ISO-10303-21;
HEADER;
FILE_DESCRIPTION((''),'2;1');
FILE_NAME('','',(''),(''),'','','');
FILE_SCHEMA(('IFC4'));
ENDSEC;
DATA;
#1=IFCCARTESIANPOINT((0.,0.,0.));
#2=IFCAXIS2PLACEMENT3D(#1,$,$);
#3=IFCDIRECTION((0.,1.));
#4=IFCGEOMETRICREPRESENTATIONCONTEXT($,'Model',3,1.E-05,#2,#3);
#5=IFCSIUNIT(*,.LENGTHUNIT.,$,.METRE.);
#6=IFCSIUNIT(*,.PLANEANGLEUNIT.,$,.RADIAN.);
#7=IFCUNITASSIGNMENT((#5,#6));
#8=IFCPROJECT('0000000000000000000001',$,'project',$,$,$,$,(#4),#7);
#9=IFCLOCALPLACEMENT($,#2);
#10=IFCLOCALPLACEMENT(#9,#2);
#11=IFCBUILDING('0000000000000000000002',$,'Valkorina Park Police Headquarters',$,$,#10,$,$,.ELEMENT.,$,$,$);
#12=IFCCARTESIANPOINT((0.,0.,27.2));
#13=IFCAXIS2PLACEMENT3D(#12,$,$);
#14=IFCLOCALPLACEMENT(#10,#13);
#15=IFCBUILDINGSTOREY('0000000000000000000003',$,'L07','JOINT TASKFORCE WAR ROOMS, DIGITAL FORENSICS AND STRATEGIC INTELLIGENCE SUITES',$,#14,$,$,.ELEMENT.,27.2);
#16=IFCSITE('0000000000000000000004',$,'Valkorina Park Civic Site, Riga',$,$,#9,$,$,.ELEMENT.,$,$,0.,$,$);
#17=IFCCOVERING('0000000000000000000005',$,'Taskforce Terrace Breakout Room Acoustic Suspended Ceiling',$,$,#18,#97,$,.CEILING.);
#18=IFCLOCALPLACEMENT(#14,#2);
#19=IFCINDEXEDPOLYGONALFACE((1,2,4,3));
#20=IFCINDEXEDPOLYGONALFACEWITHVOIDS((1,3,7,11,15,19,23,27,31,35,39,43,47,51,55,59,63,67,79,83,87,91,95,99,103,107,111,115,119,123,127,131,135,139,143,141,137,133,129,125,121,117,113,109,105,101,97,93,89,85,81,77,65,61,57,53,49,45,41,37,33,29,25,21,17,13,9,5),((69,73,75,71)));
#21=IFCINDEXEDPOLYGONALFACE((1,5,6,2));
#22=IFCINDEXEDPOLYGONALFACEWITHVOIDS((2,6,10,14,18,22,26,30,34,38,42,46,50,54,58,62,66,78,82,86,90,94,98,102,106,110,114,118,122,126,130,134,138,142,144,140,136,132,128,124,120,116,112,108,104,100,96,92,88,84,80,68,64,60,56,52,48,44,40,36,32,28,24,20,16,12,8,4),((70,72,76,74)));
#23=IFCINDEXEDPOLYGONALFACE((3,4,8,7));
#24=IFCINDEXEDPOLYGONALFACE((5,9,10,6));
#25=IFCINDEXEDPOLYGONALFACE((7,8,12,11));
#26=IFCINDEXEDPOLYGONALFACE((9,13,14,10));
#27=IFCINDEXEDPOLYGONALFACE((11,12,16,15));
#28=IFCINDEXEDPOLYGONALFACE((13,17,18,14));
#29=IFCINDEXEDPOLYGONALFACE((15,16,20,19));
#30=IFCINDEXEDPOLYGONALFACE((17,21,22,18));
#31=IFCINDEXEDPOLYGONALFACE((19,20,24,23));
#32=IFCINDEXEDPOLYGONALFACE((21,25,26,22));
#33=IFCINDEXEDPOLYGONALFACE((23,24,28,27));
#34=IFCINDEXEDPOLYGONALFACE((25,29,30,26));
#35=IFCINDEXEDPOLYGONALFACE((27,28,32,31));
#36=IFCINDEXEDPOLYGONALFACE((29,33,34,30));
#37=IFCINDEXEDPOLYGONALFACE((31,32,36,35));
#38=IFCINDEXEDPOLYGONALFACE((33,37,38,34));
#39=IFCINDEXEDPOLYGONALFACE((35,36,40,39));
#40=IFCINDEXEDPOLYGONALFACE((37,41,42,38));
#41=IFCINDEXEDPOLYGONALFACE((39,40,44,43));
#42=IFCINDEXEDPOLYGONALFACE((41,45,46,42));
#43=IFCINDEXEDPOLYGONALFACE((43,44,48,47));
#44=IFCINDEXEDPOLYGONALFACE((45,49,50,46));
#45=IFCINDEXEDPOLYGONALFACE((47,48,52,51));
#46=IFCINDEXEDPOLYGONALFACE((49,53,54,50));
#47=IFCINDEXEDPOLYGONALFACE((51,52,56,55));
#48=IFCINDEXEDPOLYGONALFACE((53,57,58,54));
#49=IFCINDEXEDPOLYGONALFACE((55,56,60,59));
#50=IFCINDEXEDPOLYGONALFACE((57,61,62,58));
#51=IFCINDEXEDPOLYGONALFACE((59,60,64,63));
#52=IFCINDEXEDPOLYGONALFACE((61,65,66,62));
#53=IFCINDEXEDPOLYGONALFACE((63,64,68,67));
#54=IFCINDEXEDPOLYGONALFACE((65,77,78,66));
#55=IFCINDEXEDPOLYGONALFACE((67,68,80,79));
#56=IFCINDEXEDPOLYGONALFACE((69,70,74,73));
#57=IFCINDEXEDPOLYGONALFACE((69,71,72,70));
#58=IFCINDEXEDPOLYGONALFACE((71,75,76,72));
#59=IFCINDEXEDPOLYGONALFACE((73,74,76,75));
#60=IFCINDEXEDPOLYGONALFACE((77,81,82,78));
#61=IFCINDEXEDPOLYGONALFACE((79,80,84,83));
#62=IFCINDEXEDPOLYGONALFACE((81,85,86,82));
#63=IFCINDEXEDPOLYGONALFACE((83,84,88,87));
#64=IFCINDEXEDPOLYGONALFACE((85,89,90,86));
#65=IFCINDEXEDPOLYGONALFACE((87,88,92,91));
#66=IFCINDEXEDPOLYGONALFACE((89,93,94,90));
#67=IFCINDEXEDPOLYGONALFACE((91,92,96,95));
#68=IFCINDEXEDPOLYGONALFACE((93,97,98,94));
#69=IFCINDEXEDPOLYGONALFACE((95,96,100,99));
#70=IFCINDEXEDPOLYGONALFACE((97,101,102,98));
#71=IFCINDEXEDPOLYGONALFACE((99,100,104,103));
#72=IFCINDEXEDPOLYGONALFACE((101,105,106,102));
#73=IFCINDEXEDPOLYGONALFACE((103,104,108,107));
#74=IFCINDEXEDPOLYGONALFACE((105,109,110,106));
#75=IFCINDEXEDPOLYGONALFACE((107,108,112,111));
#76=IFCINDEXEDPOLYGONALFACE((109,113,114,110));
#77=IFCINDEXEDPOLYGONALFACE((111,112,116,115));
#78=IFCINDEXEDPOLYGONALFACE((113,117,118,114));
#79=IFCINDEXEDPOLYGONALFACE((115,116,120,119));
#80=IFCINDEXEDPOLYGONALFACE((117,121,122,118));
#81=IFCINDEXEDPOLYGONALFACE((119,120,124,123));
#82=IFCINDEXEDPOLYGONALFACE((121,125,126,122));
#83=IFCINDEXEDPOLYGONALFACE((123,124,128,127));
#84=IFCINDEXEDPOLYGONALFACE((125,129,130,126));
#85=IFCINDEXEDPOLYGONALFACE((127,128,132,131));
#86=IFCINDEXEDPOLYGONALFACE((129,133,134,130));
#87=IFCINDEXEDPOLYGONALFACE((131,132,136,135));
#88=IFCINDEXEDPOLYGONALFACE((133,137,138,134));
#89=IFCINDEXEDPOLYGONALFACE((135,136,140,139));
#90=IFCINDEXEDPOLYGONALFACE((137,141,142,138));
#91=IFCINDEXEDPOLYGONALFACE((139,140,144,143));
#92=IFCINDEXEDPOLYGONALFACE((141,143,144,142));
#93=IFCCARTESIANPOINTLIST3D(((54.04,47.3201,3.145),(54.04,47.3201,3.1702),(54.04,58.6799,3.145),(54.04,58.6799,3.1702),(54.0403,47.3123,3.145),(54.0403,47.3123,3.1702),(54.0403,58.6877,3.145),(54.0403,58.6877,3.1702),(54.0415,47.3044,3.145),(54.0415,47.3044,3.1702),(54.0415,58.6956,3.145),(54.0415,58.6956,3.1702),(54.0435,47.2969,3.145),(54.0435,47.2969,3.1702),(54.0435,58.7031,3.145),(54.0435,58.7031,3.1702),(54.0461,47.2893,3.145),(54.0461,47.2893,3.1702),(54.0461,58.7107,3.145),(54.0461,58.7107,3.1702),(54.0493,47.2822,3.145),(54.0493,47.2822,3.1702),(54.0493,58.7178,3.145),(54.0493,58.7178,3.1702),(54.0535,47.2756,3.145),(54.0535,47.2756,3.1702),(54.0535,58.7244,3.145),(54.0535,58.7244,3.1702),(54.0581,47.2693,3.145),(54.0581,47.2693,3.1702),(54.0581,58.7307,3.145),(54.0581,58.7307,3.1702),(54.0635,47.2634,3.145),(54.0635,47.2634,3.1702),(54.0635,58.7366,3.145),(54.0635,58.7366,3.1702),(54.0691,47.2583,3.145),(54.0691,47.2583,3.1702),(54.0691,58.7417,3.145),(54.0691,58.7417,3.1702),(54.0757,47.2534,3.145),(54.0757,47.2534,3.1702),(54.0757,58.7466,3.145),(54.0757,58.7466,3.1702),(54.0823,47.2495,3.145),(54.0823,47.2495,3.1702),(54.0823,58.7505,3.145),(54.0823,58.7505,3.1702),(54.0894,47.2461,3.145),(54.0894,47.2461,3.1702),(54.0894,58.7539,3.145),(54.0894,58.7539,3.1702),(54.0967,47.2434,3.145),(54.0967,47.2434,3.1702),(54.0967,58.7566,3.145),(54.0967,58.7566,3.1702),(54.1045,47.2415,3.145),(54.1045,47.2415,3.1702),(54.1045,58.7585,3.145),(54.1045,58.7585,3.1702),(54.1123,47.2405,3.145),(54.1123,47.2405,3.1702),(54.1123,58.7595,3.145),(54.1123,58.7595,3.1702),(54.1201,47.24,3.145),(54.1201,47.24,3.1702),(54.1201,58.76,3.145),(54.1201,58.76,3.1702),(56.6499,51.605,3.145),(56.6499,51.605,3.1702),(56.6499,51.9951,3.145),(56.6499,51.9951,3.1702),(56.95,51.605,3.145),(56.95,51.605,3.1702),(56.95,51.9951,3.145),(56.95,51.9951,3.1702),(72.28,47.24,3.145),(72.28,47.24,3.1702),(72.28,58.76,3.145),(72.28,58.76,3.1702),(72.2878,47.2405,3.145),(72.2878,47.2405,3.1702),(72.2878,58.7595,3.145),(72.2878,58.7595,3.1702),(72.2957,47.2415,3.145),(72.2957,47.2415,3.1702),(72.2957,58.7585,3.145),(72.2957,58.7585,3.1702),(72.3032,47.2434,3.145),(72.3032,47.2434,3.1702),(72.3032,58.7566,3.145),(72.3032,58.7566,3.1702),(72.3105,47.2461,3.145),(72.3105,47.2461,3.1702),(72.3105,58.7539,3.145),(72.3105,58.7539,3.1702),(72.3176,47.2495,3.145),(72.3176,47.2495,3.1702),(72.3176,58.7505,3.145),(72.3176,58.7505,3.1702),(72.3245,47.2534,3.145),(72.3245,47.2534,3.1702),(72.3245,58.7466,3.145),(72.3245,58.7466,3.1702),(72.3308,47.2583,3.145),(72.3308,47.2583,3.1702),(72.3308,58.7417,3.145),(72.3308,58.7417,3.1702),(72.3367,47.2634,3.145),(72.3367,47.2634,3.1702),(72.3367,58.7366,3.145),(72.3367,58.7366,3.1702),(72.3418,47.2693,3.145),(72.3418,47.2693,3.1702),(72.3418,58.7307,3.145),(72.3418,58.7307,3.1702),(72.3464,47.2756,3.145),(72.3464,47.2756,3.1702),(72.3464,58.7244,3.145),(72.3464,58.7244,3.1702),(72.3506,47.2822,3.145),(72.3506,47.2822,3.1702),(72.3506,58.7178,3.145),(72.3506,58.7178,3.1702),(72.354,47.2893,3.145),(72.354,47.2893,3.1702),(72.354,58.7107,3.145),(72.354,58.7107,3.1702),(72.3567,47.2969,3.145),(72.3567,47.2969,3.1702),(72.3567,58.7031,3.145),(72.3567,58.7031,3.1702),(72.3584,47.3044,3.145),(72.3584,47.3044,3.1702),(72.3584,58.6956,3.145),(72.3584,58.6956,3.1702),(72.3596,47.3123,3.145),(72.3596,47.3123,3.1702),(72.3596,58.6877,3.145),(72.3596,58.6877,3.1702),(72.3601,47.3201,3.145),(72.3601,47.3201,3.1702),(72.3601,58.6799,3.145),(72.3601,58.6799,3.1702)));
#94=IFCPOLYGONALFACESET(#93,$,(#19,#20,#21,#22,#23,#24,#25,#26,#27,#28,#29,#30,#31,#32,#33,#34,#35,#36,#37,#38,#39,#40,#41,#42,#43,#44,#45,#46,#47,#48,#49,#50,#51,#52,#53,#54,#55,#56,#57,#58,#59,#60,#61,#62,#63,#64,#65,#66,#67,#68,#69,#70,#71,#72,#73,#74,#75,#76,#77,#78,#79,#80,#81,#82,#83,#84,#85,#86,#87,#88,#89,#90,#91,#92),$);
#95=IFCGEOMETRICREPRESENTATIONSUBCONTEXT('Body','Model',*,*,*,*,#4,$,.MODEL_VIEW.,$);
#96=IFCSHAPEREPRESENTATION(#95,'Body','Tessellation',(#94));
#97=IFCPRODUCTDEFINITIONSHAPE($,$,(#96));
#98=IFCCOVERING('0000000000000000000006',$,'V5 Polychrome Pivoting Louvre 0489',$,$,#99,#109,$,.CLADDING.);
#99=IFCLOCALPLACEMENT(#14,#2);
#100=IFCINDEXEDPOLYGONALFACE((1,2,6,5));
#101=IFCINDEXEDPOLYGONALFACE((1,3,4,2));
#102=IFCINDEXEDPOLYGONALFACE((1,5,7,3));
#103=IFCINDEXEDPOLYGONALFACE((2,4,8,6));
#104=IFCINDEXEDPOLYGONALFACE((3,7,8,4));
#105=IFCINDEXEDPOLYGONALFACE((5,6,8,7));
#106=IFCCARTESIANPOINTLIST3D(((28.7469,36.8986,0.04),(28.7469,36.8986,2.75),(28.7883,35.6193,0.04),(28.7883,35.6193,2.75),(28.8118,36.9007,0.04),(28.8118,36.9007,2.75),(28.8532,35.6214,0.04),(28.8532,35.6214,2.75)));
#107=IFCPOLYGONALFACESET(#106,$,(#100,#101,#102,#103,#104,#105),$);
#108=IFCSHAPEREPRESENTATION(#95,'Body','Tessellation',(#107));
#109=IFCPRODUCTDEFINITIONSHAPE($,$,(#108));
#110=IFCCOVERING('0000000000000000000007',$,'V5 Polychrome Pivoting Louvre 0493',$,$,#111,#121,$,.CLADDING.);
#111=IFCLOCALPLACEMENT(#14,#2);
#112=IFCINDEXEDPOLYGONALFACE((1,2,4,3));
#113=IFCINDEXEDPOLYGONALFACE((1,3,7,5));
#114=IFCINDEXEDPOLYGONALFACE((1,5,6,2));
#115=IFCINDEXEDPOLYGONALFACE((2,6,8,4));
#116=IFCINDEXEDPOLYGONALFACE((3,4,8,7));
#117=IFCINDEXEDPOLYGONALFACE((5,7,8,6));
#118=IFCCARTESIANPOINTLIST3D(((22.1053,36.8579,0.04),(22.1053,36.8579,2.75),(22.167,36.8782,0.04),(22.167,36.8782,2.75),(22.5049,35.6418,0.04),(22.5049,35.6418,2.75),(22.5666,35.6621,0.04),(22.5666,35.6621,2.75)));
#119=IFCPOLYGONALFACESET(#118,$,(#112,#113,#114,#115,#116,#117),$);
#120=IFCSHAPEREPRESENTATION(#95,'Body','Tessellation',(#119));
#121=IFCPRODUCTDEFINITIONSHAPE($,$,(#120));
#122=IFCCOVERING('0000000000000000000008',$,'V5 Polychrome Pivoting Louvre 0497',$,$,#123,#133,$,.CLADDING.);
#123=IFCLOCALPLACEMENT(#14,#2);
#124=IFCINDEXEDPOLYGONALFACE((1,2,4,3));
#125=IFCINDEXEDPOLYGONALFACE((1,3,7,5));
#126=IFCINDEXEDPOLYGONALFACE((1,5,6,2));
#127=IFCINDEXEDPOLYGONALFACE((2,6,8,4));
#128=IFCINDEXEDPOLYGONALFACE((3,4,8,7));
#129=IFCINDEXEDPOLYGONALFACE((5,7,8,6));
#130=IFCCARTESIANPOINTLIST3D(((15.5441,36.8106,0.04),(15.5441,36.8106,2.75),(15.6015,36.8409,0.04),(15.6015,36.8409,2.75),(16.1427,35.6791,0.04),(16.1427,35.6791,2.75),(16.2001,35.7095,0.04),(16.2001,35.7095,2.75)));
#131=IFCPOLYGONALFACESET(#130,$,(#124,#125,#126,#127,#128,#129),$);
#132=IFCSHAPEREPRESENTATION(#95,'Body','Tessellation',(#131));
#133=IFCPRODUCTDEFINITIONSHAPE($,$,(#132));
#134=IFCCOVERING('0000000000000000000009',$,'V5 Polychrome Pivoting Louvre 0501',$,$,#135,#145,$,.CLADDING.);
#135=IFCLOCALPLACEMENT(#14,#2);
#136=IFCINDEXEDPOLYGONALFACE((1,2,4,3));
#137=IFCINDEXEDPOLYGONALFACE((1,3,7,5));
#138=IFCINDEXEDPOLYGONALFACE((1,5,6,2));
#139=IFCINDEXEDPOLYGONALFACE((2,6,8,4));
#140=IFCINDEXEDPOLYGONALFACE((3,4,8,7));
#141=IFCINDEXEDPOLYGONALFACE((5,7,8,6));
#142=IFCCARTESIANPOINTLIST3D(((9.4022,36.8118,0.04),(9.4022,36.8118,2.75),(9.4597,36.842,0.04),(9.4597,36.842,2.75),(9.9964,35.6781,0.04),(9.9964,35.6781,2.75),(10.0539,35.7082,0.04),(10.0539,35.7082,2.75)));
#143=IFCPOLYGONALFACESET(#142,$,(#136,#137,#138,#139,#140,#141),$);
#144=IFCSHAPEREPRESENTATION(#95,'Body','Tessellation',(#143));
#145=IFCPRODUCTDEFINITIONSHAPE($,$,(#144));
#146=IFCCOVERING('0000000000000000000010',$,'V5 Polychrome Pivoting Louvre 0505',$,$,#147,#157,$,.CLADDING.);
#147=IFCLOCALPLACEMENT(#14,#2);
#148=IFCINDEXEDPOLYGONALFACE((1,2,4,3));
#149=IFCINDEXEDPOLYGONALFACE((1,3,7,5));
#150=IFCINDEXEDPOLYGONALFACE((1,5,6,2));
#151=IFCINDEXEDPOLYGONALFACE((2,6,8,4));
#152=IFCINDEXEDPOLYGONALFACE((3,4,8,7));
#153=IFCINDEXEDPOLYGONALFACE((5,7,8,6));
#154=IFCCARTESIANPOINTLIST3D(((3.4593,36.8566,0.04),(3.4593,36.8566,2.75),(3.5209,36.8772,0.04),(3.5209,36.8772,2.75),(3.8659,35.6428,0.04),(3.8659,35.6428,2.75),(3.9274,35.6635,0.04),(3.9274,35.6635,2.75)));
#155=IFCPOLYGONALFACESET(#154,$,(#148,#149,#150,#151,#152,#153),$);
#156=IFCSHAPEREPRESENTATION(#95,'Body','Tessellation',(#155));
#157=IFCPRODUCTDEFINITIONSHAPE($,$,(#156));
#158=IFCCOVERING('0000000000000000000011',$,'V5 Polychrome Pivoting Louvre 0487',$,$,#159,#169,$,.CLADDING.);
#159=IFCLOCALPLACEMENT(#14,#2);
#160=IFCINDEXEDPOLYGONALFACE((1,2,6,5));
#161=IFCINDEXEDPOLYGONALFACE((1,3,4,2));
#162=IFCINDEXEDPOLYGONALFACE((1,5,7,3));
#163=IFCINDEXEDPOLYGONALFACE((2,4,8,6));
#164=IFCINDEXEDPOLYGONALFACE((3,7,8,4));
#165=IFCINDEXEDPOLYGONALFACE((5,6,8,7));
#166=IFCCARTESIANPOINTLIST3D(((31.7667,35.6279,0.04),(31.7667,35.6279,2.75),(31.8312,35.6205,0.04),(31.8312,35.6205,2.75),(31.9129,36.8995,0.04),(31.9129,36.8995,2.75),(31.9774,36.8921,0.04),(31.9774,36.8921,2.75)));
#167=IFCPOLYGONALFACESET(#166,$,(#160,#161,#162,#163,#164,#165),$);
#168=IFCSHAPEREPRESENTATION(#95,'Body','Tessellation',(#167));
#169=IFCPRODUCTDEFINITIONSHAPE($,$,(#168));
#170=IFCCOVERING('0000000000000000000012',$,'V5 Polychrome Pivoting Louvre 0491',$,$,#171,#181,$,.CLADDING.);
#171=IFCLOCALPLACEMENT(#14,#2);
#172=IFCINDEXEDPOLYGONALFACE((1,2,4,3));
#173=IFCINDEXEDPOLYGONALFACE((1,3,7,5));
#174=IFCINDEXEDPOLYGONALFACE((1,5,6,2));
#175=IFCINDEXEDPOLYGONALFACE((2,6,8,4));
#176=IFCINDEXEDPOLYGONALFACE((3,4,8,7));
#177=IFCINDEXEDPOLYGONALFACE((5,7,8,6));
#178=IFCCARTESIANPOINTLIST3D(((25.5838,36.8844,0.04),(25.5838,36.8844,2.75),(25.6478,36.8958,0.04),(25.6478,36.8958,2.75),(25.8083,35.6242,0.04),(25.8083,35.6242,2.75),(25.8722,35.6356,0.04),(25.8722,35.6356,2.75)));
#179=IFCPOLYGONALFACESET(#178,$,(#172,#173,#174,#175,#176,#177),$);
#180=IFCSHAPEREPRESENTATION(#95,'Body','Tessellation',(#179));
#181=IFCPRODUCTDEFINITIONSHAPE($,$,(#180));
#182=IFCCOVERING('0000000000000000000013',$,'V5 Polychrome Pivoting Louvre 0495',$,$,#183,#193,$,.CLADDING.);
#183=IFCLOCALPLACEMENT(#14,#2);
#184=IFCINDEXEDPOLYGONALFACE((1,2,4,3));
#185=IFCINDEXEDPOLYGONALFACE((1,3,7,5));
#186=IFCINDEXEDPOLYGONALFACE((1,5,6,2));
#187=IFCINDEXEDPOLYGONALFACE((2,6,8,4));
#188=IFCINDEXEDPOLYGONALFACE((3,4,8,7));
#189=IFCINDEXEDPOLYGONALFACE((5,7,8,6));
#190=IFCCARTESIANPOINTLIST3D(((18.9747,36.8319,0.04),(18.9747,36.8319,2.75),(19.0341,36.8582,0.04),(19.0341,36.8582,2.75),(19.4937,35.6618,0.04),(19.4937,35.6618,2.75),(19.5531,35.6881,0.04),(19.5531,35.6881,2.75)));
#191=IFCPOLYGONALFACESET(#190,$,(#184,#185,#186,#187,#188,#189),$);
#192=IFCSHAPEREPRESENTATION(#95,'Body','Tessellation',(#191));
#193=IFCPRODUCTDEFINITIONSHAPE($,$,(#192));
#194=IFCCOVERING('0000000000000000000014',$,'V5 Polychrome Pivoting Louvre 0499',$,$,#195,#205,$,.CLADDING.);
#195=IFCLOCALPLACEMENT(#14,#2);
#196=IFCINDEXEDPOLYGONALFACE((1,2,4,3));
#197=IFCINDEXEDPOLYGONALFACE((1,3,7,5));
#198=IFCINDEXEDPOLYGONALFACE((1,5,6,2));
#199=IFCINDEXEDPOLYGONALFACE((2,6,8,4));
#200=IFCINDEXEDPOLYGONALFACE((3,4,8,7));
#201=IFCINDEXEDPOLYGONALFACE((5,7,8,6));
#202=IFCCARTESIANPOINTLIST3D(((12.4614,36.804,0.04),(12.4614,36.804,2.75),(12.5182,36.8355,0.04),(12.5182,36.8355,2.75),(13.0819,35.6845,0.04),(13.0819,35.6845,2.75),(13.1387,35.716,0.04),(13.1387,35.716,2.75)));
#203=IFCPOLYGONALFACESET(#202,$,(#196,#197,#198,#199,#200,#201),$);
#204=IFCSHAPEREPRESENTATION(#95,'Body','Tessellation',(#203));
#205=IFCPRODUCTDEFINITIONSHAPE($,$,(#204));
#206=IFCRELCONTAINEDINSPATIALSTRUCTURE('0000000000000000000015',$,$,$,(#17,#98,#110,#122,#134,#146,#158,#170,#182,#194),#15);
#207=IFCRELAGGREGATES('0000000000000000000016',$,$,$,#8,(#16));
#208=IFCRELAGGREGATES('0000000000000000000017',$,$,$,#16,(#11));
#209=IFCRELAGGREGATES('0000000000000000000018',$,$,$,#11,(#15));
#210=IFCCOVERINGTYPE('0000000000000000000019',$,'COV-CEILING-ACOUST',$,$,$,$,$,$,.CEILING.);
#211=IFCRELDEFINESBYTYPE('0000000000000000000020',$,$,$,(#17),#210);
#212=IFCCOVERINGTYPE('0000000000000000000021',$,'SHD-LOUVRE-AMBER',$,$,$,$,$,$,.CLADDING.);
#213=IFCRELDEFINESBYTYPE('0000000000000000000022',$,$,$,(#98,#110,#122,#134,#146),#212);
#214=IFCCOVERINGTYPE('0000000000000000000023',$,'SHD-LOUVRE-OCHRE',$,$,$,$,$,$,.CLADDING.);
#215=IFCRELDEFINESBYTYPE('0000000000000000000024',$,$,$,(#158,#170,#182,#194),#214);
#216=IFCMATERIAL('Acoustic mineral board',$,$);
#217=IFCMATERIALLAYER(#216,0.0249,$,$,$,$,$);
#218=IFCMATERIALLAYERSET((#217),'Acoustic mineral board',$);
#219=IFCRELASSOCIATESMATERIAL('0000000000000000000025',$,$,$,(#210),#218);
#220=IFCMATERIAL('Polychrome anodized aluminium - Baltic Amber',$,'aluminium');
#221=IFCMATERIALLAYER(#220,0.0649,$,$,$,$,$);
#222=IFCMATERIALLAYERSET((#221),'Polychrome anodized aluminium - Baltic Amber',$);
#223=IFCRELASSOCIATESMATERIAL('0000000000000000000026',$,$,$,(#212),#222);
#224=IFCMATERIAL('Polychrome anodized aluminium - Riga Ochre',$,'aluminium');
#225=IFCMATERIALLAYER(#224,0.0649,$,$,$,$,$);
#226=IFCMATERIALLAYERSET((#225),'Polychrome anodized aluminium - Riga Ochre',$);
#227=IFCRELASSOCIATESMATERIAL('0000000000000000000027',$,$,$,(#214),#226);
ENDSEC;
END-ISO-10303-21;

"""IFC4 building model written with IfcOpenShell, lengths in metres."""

from ifc_helpers import new_model, si_unit, direction, frame, origin, origin_2d, place, context, subcontext, project, spatial, polyline, rectangle, outline, extrude, material, layer, layer_set, type_object, element, save


model = new_model("IFC4")

# Units and contexts
model_context = context("Model", 3, precision=1e-05, world=origin(), true_north=direction((0.0, 1.0)))
body_context = subcontext(model_context, "Body", "Model", "MODEL_VIEW")
ifc_project = project(units=[si_unit("LENGTHUNIT", "METRE"), si_unit("PLANEANGLEUNIT", "RADIAN")], contexts=[model_context])

# Site, building, storey
site_placement = place(None, origin())
site = spatial("IfcSite", under=ifc_project, at=site_placement, Name="Valkorina Park Civic Site, Riga", CompositionType="ELEMENT", RefElevation=0.0)
building_placement = place(site_placement, origin())
building = spatial("IfcBuilding", under=site, at=building_placement, Name="Valkorina Park Police Headquarters", CompositionType="ELEMENT")
storey_placement = place(building_placement, frame((0.0, 0.0, 27.2)))
storey = spatial("IfcBuildingStorey", under=building, at=storey_placement, Name="L07", Description="JOINT TASKFORCE WAR ROOMS, DIGITAL FORENSICS AND STRATEGIC INTELLIGENCE SUITES", CompositionType="ELEMENT", Elevation=27.2)

# Coverings
ifc_material_1 = material(Name="Acoustic mineral board")
ifc_layer_1 = layer(ifc_material_1, 0.0249)
ifc_layer_set_1 = layer_set([ifc_layer_1], Name="Acoustic mineral board")
covering_type_1 = type_object("IfcCoveringType", Name="COV-CEILING-ACOUST", PredefinedType="CEILING", material=ifc_layer_set_1)
covering_1_placement = place(storey_placement, frame((0.0, 0.0, 3.145)))
element("IfcCovering", 1, at=covering_1_placement, inside=storey, type_object=covering_type_1, Name="Taskforce Terrace Breakout Room Acoustic Suspended Ceiling", PredefinedType="CEILING", context=body_context, shape_type="SweptSolid", body=[
    extrude(outline(polyline([(72.2957, 58.7585), (72.2878, 58.7595), (72.28, 58.76), (54.1201, 58.76), (54.1123, 58.7595), (54.1045, 58.7585), (54.0967, 58.7566), (54.0894, 58.7539), (54.0823, 58.7505), (54.0757, 58.7466), (54.0691, 58.7417), (54.0635, 58.7366), (54.0581, 58.7307), (54.0535, 58.7244), (54.0493, 58.7178), (54.0461, 58.7107), (54.0435, 58.7031), (54.0415, 58.6956), (54.0403, 58.6877), (54.04, 58.6799), (54.04, 47.3201), (54.0403, 47.3123), (54.0415, 47.3044), (54.0435, 47.2969), (54.0461, 47.2893), (54.0493, 47.2822), (54.0535, 47.2756), (54.0581, 47.2693), (54.0635, 47.2634), (54.0691, 47.2583), (54.0757, 47.2534), (54.0823, 47.2495), (54.0894, 47.2461), (54.0967, 47.2434), (54.1045, 47.2415), (54.1123, 47.2405), (54.1201, 47.24), (72.28, 47.24), (72.2878, 47.2405), (72.2957, 47.2415), (72.3032, 47.2434), (72.3105, 47.2461), (72.3176, 47.2495), (72.3245, 47.2534), (72.3308, 47.2583), (72.3367, 47.2634), (72.3418, 47.2693), (72.3464, 47.2756), (72.3506, 47.2822), (72.354, 47.2893), (72.3567, 47.2969), (72.3584, 47.3044), (72.3596, 47.3123), (72.3601, 47.3201), (72.3601, 58.6799), (72.3596, 58.6877), (72.3584, 58.6956), (72.3567, 58.7031), (72.354, 58.7107), (72.3506, 58.7178), (72.3464, 58.7244), (72.3418, 58.7307), (72.3367, 58.7366), (72.3308, 58.7417), (72.3245, 58.7466), (72.3176, 58.7505), (72.3105, 58.7539), (72.3032, 58.7566), (72.2957, 58.7585)]), holes=[polyline([(56.6499, 51.605), (56.6499, 51.9951), (56.95, 51.9951), (56.95, 51.605), (56.6499, 51.605)])]), origin(), (0.0, 0.0, 1.0), 0.0251),
])
ifc_material_2 = material(Name="Polychrome anodized aluminium - Baltic Amber", Category="aluminium")
ifc_layer_2 = layer(ifc_material_2, 0.0649)
ifc_layer_set_2 = layer_set([ifc_layer_2], Name="Polychrome anodized aluminium - Baltic Amber")
covering_type_2 = type_object("IfcCoveringType", Name="SHD-LOUVRE-AMBER", PredefinedType="CLADDING", material=ifc_layer_set_2)
for number, where, z_axis, x_axis, name in (
    (2, (28.8, 36.26, 0.04), (0.0, 0.0, 1.0), (0.032283, -0.999479, 0.0), "V5 Polychrome Pivoting Louvre 0489"),
    (3, (22.3359, 36.26, 0.04), (0.0, 0.0, 1.0), (0.312169, -0.950027, 0.0), "V5 Polychrome Pivoting Louvre 0493"),
    (4, (15.8721, 36.26, 0.04), (0.0, 0.0, 1.0), (0.467621, -0.883929, 0.0), "V5 Polychrome Pivoting Louvre 0497"),
    (5, (9.728, 36.26, 0.04), (0.0, 0.0, 1.0), (0.464224, -0.885718, 0.0), "V5 Polychrome Pivoting Louvre 0501"),
    (6, (3.6934, 36.26, 0.04), (0.0, 0.0, 1.0), (0.317636, -0.948213, 0.0), "V5 Polychrome Pivoting Louvre 0505"),
):
    element("IfcCovering", number, at=place(storey_placement, frame(where, z_axis=z_axis, x_axis=x_axis)), inside=storey, type_object=covering_type_2, Name=name, PredefinedType="CLADDING", context=body_context, shape_type="SweptSolid", body=[
        extrude(rectangle(XDim=1.28, YDim=0.0649, at=origin_2d()), origin(), (0.0, 0.0, 1.0), 2.71),
    ])
ifc_material_3 = material(Name="Polychrome anodized aluminium - Riga Ochre", Category="aluminium")
ifc_layer_3 = layer(ifc_material_3, 0.0649)
ifc_layer_set_3 = layer_set([ifc_layer_3], Name="Polychrome anodized aluminium - Riga Ochre")
covering_type_3 = type_object("IfcCoveringType", Name="SHD-LOUVRE-OCHRE", PredefinedType="CLADDING", material=ifc_layer_set_3)
for number, where, z_axis, x_axis, name in (
    (7, (31.8721, 36.26, 0.04), (0.0, 0.0, 1.0), (-0.114244, -0.993453, 0.0), "V5 Polychrome Pivoting Louvre 0487"),
    (8, (25.728, 36.26, 0.04), (0.0, 0.0, 1.0), (0.175367, -0.984503, 0.0), "V5 Polychrome Pivoting Louvre 0491"),
    (9, (19.2639, 36.26, 0.04), (0.0, 0.0, 1.0), (0.405461, -0.914112, 0.0), "V5 Polychrome Pivoting Louvre 0495"),
    (10, (12.8, 36.26, 0.04), (0.0, 0.0, 1.0), (0.48481, -0.87462, 0.0), "V5 Polychrome Pivoting Louvre 0499"),
):
    element("IfcCovering", number, at=place(storey_placement, frame(where, z_axis=z_axis, x_axis=x_axis)), inside=storey, type_object=covering_type_3, Name=name, PredefinedType="CLADDING", context=body_context, shape_type="SweptSolid", body=[
        extrude(rectangle(XDim=1.28, YDim=0.0649, at=origin_2d()), origin(), (0.0, 0.0, 1.0), 2.71),
    ])

save(model, "model.ifc")
